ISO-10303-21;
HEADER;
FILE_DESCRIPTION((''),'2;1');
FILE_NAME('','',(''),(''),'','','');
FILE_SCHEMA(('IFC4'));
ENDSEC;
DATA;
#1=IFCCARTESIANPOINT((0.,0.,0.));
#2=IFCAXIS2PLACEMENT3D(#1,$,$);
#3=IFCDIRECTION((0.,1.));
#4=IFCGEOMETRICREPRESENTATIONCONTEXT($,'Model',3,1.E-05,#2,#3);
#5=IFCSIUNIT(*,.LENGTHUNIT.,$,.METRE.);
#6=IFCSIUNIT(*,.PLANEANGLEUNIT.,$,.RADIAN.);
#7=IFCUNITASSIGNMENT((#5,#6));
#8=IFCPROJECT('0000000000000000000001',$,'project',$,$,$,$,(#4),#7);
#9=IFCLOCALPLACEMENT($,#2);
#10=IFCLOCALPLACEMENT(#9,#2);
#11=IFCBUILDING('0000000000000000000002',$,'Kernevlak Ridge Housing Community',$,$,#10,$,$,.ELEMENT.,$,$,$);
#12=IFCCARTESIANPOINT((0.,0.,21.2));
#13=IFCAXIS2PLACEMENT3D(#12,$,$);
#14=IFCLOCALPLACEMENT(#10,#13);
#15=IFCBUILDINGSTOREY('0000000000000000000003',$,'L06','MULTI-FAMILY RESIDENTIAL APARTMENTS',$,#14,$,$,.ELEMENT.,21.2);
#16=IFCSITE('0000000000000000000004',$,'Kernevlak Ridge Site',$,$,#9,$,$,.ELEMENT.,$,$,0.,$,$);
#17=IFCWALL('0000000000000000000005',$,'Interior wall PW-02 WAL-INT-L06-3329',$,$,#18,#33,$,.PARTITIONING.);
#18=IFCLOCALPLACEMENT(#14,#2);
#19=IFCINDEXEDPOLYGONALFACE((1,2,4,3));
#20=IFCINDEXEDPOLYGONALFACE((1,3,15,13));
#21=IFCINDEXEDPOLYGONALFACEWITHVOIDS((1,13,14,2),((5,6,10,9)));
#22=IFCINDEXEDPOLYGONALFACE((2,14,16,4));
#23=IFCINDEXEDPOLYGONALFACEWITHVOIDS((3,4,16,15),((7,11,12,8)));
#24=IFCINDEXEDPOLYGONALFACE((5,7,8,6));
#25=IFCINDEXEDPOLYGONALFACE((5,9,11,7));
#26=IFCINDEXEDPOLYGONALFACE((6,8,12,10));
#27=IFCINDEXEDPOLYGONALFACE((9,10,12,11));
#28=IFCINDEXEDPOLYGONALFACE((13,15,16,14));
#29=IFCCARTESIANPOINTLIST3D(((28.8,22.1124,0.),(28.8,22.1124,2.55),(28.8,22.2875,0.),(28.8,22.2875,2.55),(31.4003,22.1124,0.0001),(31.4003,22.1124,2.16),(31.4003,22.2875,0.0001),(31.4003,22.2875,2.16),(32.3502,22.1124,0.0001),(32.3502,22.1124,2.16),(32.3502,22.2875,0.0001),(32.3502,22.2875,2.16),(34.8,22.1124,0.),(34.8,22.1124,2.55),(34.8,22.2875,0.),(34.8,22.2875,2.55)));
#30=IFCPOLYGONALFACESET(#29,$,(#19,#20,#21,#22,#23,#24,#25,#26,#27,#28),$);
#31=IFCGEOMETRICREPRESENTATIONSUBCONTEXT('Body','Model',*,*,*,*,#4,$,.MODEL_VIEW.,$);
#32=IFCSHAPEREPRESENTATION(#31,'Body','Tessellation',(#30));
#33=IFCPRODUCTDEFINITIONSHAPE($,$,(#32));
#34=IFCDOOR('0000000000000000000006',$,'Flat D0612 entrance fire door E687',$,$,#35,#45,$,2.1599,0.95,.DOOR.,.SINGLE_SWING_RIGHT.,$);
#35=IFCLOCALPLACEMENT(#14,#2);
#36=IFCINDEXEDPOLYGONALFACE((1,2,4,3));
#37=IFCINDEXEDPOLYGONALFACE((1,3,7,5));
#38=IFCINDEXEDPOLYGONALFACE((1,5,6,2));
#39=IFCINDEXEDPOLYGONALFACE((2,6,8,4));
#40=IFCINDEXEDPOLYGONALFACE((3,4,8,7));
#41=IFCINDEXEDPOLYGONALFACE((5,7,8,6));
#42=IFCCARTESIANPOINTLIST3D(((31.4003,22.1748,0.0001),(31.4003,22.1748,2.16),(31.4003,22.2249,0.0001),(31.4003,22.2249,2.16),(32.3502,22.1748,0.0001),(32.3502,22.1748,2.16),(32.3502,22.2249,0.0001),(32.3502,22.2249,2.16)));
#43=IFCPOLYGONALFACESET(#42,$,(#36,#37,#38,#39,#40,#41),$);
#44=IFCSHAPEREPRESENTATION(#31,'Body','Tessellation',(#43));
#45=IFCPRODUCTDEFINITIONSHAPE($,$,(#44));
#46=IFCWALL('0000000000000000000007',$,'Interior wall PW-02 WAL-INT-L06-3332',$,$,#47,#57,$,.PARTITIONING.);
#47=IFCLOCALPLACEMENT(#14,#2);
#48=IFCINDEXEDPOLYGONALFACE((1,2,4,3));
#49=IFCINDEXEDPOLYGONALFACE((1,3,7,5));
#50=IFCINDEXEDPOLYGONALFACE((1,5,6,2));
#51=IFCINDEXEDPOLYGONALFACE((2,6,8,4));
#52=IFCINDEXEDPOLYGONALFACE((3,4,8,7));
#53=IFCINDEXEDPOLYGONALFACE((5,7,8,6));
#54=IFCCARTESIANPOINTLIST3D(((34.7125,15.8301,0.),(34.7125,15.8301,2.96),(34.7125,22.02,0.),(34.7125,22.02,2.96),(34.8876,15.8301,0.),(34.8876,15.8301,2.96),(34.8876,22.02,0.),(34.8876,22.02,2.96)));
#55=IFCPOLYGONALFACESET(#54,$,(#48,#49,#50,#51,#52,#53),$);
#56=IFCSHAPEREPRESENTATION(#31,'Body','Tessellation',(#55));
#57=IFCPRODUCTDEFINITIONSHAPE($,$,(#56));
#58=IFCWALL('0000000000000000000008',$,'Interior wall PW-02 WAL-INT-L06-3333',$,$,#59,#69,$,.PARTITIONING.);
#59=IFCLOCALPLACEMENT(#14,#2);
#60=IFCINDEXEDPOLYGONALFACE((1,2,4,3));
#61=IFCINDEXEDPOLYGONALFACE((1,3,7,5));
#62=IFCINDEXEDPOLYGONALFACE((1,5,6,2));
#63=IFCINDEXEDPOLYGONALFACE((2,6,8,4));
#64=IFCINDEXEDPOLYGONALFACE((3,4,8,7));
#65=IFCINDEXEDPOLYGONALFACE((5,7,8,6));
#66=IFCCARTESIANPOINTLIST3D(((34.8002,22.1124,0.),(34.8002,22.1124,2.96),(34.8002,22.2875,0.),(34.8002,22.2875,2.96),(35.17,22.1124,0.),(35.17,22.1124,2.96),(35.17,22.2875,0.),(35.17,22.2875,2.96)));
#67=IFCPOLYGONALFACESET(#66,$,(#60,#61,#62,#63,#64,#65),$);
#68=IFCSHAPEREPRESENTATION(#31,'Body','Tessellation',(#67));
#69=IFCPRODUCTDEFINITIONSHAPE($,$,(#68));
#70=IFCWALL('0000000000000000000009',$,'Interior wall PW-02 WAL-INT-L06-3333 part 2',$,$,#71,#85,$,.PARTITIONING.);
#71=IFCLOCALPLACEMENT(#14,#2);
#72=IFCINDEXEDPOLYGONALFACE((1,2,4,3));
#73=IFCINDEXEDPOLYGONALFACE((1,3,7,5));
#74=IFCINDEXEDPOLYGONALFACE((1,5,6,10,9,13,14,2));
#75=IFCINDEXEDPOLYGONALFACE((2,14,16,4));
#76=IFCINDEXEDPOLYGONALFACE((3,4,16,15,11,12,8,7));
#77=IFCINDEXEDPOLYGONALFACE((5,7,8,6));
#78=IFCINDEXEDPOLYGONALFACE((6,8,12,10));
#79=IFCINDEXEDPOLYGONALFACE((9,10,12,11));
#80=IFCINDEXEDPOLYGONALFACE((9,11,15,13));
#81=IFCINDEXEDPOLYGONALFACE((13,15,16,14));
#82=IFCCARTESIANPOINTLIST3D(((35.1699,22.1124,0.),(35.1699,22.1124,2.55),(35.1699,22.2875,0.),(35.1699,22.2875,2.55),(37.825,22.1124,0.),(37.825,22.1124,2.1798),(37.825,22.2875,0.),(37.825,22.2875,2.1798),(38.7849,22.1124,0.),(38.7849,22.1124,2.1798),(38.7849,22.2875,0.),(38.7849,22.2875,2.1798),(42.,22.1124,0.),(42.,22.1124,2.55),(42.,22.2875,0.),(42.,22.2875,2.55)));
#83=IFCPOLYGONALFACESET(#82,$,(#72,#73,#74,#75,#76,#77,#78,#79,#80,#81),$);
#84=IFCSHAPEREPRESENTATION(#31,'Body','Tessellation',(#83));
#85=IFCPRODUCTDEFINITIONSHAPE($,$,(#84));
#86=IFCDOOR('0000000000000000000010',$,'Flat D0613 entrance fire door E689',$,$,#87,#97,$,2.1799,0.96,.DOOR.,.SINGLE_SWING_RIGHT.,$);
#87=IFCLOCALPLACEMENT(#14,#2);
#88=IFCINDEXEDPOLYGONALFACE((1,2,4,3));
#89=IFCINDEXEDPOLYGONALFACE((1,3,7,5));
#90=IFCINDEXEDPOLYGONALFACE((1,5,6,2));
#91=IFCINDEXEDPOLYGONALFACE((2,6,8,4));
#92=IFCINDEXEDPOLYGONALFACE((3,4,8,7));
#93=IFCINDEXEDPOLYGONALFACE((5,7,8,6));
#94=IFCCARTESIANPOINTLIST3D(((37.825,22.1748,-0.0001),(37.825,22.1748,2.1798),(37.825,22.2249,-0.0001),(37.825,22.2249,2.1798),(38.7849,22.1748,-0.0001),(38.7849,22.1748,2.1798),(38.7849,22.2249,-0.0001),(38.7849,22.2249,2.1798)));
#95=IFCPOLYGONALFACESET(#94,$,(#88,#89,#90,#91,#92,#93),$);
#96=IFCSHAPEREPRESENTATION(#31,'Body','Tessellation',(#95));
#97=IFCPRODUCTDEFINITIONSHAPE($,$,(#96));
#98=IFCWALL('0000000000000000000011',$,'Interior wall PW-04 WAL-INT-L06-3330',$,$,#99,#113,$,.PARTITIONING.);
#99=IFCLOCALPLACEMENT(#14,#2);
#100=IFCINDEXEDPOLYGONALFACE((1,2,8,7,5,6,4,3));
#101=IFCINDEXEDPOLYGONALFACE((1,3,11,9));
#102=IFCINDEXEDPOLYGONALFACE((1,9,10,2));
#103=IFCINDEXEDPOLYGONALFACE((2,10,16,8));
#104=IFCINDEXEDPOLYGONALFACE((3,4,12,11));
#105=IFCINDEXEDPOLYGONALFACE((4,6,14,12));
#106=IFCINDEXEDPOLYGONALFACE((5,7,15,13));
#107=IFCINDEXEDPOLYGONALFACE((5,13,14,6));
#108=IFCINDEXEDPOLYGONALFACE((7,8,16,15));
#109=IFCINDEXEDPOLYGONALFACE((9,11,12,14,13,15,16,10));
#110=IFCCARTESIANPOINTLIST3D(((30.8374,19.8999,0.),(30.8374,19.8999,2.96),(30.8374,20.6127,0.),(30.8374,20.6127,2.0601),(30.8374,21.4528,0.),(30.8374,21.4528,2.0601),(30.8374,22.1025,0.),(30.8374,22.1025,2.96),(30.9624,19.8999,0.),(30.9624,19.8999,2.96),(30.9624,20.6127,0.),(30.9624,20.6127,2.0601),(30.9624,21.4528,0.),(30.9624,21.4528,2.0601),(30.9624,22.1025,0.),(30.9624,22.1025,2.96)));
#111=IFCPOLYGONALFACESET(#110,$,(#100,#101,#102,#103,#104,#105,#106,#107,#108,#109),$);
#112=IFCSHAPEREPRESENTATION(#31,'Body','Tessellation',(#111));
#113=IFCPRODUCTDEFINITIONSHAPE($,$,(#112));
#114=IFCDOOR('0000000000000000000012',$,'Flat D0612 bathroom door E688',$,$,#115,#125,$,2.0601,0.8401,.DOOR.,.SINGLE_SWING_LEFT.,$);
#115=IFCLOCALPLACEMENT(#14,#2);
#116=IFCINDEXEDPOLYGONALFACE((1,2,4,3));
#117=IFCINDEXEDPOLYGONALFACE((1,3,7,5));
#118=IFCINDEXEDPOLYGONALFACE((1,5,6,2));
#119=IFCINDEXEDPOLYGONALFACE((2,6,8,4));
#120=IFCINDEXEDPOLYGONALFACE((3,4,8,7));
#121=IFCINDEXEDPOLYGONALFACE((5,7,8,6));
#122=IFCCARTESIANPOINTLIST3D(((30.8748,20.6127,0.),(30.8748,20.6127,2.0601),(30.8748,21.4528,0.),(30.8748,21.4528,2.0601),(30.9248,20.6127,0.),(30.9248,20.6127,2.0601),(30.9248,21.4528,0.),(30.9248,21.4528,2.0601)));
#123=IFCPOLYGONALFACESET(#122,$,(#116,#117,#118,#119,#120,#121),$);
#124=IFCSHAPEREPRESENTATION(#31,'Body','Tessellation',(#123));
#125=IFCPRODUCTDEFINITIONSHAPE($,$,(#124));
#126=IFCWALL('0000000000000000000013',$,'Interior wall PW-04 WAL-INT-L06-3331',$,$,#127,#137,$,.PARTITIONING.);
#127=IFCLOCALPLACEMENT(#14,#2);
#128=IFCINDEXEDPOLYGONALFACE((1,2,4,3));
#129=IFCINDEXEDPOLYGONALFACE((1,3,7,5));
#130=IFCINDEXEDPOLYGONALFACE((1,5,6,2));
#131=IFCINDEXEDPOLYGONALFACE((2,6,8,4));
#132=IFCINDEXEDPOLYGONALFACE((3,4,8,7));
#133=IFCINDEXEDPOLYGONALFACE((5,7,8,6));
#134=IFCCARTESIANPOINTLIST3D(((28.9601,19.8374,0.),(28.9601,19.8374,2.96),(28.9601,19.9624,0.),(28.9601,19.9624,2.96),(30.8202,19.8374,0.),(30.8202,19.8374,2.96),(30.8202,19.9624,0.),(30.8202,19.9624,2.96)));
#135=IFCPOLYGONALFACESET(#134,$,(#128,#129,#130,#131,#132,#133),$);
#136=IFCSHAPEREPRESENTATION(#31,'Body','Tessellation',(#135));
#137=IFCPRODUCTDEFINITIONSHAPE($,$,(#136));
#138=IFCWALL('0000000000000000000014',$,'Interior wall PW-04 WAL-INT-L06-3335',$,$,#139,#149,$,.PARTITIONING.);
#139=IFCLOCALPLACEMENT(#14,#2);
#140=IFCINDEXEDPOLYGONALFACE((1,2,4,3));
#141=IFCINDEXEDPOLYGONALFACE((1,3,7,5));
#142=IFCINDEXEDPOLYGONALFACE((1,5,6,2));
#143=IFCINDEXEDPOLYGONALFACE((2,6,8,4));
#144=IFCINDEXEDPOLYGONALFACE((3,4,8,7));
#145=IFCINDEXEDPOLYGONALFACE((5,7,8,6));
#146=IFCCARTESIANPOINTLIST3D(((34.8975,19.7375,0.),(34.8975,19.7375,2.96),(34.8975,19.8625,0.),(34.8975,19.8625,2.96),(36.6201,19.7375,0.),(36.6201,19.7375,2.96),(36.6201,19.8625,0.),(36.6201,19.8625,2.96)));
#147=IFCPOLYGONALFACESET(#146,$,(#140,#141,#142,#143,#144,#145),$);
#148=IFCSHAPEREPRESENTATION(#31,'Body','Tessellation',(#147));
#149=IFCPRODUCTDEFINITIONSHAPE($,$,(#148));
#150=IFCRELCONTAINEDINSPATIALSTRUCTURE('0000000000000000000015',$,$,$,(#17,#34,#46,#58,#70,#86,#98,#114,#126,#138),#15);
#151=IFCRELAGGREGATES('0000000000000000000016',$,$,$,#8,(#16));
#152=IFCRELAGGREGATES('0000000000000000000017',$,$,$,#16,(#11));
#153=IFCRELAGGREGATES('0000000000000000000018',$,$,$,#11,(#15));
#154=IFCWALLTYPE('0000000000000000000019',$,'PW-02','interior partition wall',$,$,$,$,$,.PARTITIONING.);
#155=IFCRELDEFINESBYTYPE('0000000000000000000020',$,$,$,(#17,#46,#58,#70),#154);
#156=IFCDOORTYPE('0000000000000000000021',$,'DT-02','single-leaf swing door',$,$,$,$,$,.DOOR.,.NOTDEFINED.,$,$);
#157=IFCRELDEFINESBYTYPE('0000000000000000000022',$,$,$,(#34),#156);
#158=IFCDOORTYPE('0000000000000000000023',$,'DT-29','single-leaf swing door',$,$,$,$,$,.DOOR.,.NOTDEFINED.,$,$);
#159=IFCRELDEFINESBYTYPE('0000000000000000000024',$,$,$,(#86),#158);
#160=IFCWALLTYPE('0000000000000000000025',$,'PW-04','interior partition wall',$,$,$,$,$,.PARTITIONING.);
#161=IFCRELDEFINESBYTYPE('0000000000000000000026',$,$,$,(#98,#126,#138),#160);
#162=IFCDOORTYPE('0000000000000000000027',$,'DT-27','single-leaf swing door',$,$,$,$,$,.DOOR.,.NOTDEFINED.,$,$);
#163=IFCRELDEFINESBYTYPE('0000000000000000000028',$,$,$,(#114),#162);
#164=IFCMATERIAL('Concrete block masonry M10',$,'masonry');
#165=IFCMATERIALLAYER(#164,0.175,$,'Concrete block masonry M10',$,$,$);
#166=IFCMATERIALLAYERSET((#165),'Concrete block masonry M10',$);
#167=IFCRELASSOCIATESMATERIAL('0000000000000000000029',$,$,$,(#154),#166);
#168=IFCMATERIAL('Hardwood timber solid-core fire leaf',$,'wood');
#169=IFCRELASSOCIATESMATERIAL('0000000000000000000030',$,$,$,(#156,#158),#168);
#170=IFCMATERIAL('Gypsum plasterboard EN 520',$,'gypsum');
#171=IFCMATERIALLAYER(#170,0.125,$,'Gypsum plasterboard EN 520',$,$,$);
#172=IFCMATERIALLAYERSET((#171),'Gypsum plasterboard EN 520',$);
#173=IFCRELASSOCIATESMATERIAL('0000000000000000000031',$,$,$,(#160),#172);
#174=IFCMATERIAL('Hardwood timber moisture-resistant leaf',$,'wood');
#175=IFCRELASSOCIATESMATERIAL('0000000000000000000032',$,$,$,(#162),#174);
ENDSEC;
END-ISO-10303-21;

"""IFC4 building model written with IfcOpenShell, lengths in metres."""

from ifc_helpers import new_model, si_unit, direction, frame, frame_2d, origin, place, context, subcontext, project, spatial, rectangle, extrude, material, layer, layer_set, type_object, element, fill, save


model = new_model("IFC4")

# Units and contexts
model_context = context("Model", 3, precision=1e-05, world=origin(), true_north=direction((0.0, 1.0)))
body_context = subcontext(model_context, "Body", "Model", "MODEL_VIEW")
ifc_project = project(units=[si_unit("LENGTHUNIT", "METRE"), si_unit("PLANEANGLEUNIT", "RADIAN")], contexts=[model_context])

# Site, building, storey
site_placement = place(None, origin())
site = spatial("IfcSite", under=ifc_project, at=site_placement, Name="Kernevlak Ridge Site", CompositionType="ELEMENT", RefElevation=0.0)
building_placement = place(site_placement, origin())
building = spatial("IfcBuilding", under=site, at=building_placement, Name="Kernevlak Ridge Housing Community", CompositionType="ELEMENT")
storey_placement = place(building_placement, frame((0.0, 0.0, 21.2)))
storey = spatial("IfcBuildingStorey", under=building, at=storey_placement, Name="L06", Description="MULTI-FAMILY RESIDENTIAL APARTMENTS", CompositionType="ELEMENT", Elevation=21.2)

# Shared definitions
ifc_material_1 = material(Name="Concrete block masonry M10", Category="masonry")

# Shared definitions
ifc_layer_1 = layer(ifc_material_1, 0.175, Name="Concrete block masonry M10")
ifc_layer_set_1 = layer_set([ifc_layer_1], Name="Concrete block masonry M10")
wall_type_1 = type_object("IfcWallType", Name="PW-02", Description="interior partition wall", PredefinedType="PARTITIONING", material=ifc_layer_set_1)

# Wall, opening, door
wall_1_placement = place(storey_placement, frame((28.8, 22.2, 0.0), z_axis=(0.0, 0.0, 1.0), x_axis=(1.0, 0.0, 0.0)))
wall_1 = element("IfcWall", 1, at=wall_1_placement, inside=storey, type_object=wall_type_1, Name="Interior wall PW-02 WAL-INT-L06-3329", PredefinedType="PARTITIONING", context=body_context, shape_type="SweptSolid", body=[
    extrude(rectangle(XDim=6.0, YDim=0.175, at=frame_2d((3.0, 0.0))), origin(), (0.0, 0.0, 1.0), 2.55),
])
opening_1_placement = place(wall_1_placement, frame((2.6001, 0.0, 0.0)))
opening_1 = element("IfcOpeningElement", 2, at=opening_1_placement, cuts=wall_1, PredefinedType="OPENING", context=body_context, shape_type="SweptSolid", body=[
    extrude(rectangle(XDim=0.95, YDim=2.1599, at=frame_2d((0.4751, 1.0801))), frame((0.0, 0.0974, 0.0), z_axis=(0.0, -1.0, 0.0), x_axis=(1.0, 0.0, 0.0)), (0.0, 0.0, 1.0), 0.1951),
])
ifc_material_2 = material(Name="Hardwood timber solid-core fire leaf", Category="wood")
door_type_1 = type_object("IfcDoorType", Name="DT-02", Description="single-leaf swing door", OperationType="NOTDEFINED", PredefinedType="DOOR", material=ifc_material_2)
door_1_placement = place(opening_1_placement, origin())
door_1 = element("IfcDoor", 3, at=door_1_placement, inside=storey, type_object=door_type_1, Name="Flat D0612 entrance fire door E687", OperationType="SINGLE_SWING_RIGHT", OverallHeight=2.1599, OverallWidth=0.95, PredefinedType="DOOR", context=body_context, shape_type="SweptSolid", body=[
    extrude(rectangle(XDim=0.95, YDim=2.1599, at=frame_2d((0.4751, 1.0801))), frame((0.0, 0.0249, 0.0), z_axis=(0.0, -1.0, 0.0), x_axis=(1.0, 0.0, 0.0)), (0.0, 0.0, 1.0), 0.05),
])
fill(opening_1, door_1)

# Walls
wall_2_placement = place(storey_placement, frame((34.8, 22.02, 0.0), z_axis=(0.0, 0.0, 1.0), x_axis=(0.0, -1.0, 0.0)))
element("IfcWall", 4, at=wall_2_placement, inside=storey, type_object=wall_type_1, Name="Interior wall PW-02 WAL-INT-L06-3332", PredefinedType="PARTITIONING", context=body_context, shape_type="SweptSolid", body=[
    extrude(rectangle(XDim=6.1899, YDim=0.175, at=frame_2d((3.095, 0.0))), origin(), (0.0, 0.0, 1.0), 2.96),
])
wall_3_placement = place(storey_placement, frame((34.8, 22.2, 0.0), z_axis=(0.0, 0.0, 1.0), x_axis=(1.0, 0.0, 0.0)))
element("IfcWall", 5, at=wall_3_placement, inside=storey, type_object=wall_type_1, Name="Interior wall PW-02 WAL-INT-L06-3333", PredefinedType="PARTITIONING", context=body_context, shape_type="SweptSolid", body=[
    extrude(rectangle(XDim=0.3699, YDim=0.175, at=frame_2d((0.1851, 0.0))), origin(), (0.0, 0.0, 1.0), 2.96),
])

# Walls, openings, doors
wall_4_placement = place(storey_placement, frame((35.1699, 22.2, 0.0), z_axis=(0.0, 0.0, 1.0), x_axis=(1.0, 0.0, 0.0)))
wall_4 = element("IfcWall", 6, at=wall_4_placement, inside=storey, type_object=wall_type_1, Name="Interior wall PW-02 WAL-INT-L06-3333 part 2", PredefinedType="PARTITIONING", context=body_context, shape_type="SweptSolid", body=[
    extrude(rectangle(XDim=6.8301, YDim=0.175, at=frame_2d((3.415, 0.0))), origin(), (0.0, 0.0, 1.0), 2.55),
])
opening_2_placement = place(wall_4_placement, frame((2.655, 0.0, 0.0)))
opening_2 = element("IfcOpeningElement", 7, at=opening_2_placement, cuts=wall_4, PredefinedType="OPENING", context=body_context, shape_type="SweptSolid", body=[
    extrude(rectangle(XDim=0.96, YDim=2.1799, at=frame_2d((0.48, 1.0898))), frame((0.0, 0.0974, 0.0), z_axis=(0.0, -1.0, 0.0), x_axis=(1.0, 0.0, 0.0)), (0.0, 0.0, 1.0), 0.1951),
])
door_type_2 = type_object("IfcDoorType", Name="DT-29", Description="single-leaf swing door", OperationType="NOTDEFINED", PredefinedType="DOOR", material=ifc_material_2)
door_2_placement = place(opening_2_placement, origin())
door_2 = element("IfcDoor", 8, at=door_2_placement, inside=storey, type_object=door_type_2, Name="Flat D0613 entrance fire door E689", OperationType="SINGLE_SWING_RIGHT", OverallHeight=2.1799, OverallWidth=0.96, PredefinedType="DOOR", context=body_context, shape_type="SweptSolid", body=[
    extrude(rectangle(XDim=0.96, YDim=2.1799, at=frame_2d((0.48, 1.0898))), frame((0.0, 0.0249, 0.0), z_axis=(0.0, -1.0, 0.0), x_axis=(1.0, 0.0, 0.0)), (0.0, 0.0, 1.0), 0.05),
])
fill(opening_2, door_2)
ifc_material_3 = material(Name="Gypsum plasterboard EN 520", Category="gypsum")
ifc_layer_2 = layer(ifc_material_3, 0.125, Name="Gypsum plasterboard EN 520")
ifc_layer_set_2 = layer_set([ifc_layer_2], Name="Gypsum plasterboard EN 520")
wall_type_2 = type_object("IfcWallType", Name="PW-04", Description="interior partition wall", PredefinedType="PARTITIONING", material=ifc_layer_set_2)
wall_5_placement = place(storey_placement, frame((30.8999, 22.1025, 0.0), z_axis=(0.0, 0.0, 1.0), x_axis=(0.0, -1.0, 0.0)))
wall_5 = element("IfcWall", 9, at=wall_5_placement, inside=storey, type_object=wall_type_2, Name="Interior wall PW-04 WAL-INT-L06-3330", PredefinedType="PARTITIONING", context=body_context, shape_type="SweptSolid", body=[
    extrude(rectangle(XDim=2.2026, YDim=0.125, at=frame_2d((1.1013, 0.0))), origin(), (0.0, 0.0, 1.0), 2.96),
])
opening_3_placement = place(wall_5_placement, frame((0.6499, 0.0, 0.0)))
opening_3 = element("IfcOpeningElement", 10, at=opening_3_placement, cuts=wall_5, PredefinedType="OPENING", context=body_context, shape_type="SweptSolid", body=[
    extrude(rectangle(XDim=0.8401, YDim=2.0601, at=frame_2d((0.4199, 1.03))), frame((0.0, 0.0725, 0.0), z_axis=(0.0, -1.0, 0.0), x_axis=(1.0, 0.0, 0.0)), (0.0, 0.0, 1.0), 0.145),
])
ifc_material_4 = material(Name="Hardwood timber moisture-resistant leaf", Category="wood")
door_type_3 = type_object("IfcDoorType", Name="DT-27", Description="single-leaf swing door", OperationType="NOTDEFINED", PredefinedType="DOOR", material=ifc_material_4)
door_3_placement = place(opening_3_placement, origin())
door_3 = element("IfcDoor", 11, at=door_3_placement, inside=storey, type_object=door_type_3, Name="Flat D0612 bathroom door E688", OperationType="SINGLE_SWING_LEFT", OverallHeight=2.0601, OverallWidth=0.8401, PredefinedType="DOOR", context=body_context, shape_type="SweptSolid", body=[
    extrude(rectangle(XDim=0.8401, YDim=2.0601, at=frame_2d((0.4199, 1.03))), frame((0.0, 0.0249, 0.0), z_axis=(0.0, -1.0, 0.0), x_axis=(1.0, 0.0, 0.0)), (0.0, 0.0, 1.0), 0.05),
])
fill(opening_3, door_3)

# Walls
wall_6_placement = place(storey_placement, frame((28.96, 19.8999, 0.0), z_axis=(0.0, 0.0, 1.0), x_axis=(1.0, 0.0, 0.0)))
element("IfcWall", 12, at=wall_6_placement, inside=storey, type_object=wall_type_2, Name="Interior wall PW-04 WAL-INT-L06-3331", PredefinedType="PARTITIONING", context=body_context, shape_type="SweptSolid", body=[
    extrude(rectangle(XDim=1.8601, YDim=0.125, at=frame_2d((0.9302, 0.0))), origin(), (0.0, 0.0, 1.0), 2.96),
])
wall_7_placement = place(storey_placement, frame((34.8975, 19.8, 0.0), z_axis=(0.0, 0.0, 1.0), x_axis=(1.0, 0.0, 0.0)))
element("IfcWall", 13, at=wall_7_placement, inside=storey, type_object=wall_type_2, Name="Interior wall PW-04 WAL-INT-L06-3335", PredefinedType="PARTITIONING", context=body_context, shape_type="SweptSolid", body=[
    extrude(rectangle(XDim=1.7227, YDim=0.125, at=frame_2d((0.8613, 0.0))), origin(), (0.0, 0.0, 1.0), 2.96),
])

save(model, "model.ifc")
